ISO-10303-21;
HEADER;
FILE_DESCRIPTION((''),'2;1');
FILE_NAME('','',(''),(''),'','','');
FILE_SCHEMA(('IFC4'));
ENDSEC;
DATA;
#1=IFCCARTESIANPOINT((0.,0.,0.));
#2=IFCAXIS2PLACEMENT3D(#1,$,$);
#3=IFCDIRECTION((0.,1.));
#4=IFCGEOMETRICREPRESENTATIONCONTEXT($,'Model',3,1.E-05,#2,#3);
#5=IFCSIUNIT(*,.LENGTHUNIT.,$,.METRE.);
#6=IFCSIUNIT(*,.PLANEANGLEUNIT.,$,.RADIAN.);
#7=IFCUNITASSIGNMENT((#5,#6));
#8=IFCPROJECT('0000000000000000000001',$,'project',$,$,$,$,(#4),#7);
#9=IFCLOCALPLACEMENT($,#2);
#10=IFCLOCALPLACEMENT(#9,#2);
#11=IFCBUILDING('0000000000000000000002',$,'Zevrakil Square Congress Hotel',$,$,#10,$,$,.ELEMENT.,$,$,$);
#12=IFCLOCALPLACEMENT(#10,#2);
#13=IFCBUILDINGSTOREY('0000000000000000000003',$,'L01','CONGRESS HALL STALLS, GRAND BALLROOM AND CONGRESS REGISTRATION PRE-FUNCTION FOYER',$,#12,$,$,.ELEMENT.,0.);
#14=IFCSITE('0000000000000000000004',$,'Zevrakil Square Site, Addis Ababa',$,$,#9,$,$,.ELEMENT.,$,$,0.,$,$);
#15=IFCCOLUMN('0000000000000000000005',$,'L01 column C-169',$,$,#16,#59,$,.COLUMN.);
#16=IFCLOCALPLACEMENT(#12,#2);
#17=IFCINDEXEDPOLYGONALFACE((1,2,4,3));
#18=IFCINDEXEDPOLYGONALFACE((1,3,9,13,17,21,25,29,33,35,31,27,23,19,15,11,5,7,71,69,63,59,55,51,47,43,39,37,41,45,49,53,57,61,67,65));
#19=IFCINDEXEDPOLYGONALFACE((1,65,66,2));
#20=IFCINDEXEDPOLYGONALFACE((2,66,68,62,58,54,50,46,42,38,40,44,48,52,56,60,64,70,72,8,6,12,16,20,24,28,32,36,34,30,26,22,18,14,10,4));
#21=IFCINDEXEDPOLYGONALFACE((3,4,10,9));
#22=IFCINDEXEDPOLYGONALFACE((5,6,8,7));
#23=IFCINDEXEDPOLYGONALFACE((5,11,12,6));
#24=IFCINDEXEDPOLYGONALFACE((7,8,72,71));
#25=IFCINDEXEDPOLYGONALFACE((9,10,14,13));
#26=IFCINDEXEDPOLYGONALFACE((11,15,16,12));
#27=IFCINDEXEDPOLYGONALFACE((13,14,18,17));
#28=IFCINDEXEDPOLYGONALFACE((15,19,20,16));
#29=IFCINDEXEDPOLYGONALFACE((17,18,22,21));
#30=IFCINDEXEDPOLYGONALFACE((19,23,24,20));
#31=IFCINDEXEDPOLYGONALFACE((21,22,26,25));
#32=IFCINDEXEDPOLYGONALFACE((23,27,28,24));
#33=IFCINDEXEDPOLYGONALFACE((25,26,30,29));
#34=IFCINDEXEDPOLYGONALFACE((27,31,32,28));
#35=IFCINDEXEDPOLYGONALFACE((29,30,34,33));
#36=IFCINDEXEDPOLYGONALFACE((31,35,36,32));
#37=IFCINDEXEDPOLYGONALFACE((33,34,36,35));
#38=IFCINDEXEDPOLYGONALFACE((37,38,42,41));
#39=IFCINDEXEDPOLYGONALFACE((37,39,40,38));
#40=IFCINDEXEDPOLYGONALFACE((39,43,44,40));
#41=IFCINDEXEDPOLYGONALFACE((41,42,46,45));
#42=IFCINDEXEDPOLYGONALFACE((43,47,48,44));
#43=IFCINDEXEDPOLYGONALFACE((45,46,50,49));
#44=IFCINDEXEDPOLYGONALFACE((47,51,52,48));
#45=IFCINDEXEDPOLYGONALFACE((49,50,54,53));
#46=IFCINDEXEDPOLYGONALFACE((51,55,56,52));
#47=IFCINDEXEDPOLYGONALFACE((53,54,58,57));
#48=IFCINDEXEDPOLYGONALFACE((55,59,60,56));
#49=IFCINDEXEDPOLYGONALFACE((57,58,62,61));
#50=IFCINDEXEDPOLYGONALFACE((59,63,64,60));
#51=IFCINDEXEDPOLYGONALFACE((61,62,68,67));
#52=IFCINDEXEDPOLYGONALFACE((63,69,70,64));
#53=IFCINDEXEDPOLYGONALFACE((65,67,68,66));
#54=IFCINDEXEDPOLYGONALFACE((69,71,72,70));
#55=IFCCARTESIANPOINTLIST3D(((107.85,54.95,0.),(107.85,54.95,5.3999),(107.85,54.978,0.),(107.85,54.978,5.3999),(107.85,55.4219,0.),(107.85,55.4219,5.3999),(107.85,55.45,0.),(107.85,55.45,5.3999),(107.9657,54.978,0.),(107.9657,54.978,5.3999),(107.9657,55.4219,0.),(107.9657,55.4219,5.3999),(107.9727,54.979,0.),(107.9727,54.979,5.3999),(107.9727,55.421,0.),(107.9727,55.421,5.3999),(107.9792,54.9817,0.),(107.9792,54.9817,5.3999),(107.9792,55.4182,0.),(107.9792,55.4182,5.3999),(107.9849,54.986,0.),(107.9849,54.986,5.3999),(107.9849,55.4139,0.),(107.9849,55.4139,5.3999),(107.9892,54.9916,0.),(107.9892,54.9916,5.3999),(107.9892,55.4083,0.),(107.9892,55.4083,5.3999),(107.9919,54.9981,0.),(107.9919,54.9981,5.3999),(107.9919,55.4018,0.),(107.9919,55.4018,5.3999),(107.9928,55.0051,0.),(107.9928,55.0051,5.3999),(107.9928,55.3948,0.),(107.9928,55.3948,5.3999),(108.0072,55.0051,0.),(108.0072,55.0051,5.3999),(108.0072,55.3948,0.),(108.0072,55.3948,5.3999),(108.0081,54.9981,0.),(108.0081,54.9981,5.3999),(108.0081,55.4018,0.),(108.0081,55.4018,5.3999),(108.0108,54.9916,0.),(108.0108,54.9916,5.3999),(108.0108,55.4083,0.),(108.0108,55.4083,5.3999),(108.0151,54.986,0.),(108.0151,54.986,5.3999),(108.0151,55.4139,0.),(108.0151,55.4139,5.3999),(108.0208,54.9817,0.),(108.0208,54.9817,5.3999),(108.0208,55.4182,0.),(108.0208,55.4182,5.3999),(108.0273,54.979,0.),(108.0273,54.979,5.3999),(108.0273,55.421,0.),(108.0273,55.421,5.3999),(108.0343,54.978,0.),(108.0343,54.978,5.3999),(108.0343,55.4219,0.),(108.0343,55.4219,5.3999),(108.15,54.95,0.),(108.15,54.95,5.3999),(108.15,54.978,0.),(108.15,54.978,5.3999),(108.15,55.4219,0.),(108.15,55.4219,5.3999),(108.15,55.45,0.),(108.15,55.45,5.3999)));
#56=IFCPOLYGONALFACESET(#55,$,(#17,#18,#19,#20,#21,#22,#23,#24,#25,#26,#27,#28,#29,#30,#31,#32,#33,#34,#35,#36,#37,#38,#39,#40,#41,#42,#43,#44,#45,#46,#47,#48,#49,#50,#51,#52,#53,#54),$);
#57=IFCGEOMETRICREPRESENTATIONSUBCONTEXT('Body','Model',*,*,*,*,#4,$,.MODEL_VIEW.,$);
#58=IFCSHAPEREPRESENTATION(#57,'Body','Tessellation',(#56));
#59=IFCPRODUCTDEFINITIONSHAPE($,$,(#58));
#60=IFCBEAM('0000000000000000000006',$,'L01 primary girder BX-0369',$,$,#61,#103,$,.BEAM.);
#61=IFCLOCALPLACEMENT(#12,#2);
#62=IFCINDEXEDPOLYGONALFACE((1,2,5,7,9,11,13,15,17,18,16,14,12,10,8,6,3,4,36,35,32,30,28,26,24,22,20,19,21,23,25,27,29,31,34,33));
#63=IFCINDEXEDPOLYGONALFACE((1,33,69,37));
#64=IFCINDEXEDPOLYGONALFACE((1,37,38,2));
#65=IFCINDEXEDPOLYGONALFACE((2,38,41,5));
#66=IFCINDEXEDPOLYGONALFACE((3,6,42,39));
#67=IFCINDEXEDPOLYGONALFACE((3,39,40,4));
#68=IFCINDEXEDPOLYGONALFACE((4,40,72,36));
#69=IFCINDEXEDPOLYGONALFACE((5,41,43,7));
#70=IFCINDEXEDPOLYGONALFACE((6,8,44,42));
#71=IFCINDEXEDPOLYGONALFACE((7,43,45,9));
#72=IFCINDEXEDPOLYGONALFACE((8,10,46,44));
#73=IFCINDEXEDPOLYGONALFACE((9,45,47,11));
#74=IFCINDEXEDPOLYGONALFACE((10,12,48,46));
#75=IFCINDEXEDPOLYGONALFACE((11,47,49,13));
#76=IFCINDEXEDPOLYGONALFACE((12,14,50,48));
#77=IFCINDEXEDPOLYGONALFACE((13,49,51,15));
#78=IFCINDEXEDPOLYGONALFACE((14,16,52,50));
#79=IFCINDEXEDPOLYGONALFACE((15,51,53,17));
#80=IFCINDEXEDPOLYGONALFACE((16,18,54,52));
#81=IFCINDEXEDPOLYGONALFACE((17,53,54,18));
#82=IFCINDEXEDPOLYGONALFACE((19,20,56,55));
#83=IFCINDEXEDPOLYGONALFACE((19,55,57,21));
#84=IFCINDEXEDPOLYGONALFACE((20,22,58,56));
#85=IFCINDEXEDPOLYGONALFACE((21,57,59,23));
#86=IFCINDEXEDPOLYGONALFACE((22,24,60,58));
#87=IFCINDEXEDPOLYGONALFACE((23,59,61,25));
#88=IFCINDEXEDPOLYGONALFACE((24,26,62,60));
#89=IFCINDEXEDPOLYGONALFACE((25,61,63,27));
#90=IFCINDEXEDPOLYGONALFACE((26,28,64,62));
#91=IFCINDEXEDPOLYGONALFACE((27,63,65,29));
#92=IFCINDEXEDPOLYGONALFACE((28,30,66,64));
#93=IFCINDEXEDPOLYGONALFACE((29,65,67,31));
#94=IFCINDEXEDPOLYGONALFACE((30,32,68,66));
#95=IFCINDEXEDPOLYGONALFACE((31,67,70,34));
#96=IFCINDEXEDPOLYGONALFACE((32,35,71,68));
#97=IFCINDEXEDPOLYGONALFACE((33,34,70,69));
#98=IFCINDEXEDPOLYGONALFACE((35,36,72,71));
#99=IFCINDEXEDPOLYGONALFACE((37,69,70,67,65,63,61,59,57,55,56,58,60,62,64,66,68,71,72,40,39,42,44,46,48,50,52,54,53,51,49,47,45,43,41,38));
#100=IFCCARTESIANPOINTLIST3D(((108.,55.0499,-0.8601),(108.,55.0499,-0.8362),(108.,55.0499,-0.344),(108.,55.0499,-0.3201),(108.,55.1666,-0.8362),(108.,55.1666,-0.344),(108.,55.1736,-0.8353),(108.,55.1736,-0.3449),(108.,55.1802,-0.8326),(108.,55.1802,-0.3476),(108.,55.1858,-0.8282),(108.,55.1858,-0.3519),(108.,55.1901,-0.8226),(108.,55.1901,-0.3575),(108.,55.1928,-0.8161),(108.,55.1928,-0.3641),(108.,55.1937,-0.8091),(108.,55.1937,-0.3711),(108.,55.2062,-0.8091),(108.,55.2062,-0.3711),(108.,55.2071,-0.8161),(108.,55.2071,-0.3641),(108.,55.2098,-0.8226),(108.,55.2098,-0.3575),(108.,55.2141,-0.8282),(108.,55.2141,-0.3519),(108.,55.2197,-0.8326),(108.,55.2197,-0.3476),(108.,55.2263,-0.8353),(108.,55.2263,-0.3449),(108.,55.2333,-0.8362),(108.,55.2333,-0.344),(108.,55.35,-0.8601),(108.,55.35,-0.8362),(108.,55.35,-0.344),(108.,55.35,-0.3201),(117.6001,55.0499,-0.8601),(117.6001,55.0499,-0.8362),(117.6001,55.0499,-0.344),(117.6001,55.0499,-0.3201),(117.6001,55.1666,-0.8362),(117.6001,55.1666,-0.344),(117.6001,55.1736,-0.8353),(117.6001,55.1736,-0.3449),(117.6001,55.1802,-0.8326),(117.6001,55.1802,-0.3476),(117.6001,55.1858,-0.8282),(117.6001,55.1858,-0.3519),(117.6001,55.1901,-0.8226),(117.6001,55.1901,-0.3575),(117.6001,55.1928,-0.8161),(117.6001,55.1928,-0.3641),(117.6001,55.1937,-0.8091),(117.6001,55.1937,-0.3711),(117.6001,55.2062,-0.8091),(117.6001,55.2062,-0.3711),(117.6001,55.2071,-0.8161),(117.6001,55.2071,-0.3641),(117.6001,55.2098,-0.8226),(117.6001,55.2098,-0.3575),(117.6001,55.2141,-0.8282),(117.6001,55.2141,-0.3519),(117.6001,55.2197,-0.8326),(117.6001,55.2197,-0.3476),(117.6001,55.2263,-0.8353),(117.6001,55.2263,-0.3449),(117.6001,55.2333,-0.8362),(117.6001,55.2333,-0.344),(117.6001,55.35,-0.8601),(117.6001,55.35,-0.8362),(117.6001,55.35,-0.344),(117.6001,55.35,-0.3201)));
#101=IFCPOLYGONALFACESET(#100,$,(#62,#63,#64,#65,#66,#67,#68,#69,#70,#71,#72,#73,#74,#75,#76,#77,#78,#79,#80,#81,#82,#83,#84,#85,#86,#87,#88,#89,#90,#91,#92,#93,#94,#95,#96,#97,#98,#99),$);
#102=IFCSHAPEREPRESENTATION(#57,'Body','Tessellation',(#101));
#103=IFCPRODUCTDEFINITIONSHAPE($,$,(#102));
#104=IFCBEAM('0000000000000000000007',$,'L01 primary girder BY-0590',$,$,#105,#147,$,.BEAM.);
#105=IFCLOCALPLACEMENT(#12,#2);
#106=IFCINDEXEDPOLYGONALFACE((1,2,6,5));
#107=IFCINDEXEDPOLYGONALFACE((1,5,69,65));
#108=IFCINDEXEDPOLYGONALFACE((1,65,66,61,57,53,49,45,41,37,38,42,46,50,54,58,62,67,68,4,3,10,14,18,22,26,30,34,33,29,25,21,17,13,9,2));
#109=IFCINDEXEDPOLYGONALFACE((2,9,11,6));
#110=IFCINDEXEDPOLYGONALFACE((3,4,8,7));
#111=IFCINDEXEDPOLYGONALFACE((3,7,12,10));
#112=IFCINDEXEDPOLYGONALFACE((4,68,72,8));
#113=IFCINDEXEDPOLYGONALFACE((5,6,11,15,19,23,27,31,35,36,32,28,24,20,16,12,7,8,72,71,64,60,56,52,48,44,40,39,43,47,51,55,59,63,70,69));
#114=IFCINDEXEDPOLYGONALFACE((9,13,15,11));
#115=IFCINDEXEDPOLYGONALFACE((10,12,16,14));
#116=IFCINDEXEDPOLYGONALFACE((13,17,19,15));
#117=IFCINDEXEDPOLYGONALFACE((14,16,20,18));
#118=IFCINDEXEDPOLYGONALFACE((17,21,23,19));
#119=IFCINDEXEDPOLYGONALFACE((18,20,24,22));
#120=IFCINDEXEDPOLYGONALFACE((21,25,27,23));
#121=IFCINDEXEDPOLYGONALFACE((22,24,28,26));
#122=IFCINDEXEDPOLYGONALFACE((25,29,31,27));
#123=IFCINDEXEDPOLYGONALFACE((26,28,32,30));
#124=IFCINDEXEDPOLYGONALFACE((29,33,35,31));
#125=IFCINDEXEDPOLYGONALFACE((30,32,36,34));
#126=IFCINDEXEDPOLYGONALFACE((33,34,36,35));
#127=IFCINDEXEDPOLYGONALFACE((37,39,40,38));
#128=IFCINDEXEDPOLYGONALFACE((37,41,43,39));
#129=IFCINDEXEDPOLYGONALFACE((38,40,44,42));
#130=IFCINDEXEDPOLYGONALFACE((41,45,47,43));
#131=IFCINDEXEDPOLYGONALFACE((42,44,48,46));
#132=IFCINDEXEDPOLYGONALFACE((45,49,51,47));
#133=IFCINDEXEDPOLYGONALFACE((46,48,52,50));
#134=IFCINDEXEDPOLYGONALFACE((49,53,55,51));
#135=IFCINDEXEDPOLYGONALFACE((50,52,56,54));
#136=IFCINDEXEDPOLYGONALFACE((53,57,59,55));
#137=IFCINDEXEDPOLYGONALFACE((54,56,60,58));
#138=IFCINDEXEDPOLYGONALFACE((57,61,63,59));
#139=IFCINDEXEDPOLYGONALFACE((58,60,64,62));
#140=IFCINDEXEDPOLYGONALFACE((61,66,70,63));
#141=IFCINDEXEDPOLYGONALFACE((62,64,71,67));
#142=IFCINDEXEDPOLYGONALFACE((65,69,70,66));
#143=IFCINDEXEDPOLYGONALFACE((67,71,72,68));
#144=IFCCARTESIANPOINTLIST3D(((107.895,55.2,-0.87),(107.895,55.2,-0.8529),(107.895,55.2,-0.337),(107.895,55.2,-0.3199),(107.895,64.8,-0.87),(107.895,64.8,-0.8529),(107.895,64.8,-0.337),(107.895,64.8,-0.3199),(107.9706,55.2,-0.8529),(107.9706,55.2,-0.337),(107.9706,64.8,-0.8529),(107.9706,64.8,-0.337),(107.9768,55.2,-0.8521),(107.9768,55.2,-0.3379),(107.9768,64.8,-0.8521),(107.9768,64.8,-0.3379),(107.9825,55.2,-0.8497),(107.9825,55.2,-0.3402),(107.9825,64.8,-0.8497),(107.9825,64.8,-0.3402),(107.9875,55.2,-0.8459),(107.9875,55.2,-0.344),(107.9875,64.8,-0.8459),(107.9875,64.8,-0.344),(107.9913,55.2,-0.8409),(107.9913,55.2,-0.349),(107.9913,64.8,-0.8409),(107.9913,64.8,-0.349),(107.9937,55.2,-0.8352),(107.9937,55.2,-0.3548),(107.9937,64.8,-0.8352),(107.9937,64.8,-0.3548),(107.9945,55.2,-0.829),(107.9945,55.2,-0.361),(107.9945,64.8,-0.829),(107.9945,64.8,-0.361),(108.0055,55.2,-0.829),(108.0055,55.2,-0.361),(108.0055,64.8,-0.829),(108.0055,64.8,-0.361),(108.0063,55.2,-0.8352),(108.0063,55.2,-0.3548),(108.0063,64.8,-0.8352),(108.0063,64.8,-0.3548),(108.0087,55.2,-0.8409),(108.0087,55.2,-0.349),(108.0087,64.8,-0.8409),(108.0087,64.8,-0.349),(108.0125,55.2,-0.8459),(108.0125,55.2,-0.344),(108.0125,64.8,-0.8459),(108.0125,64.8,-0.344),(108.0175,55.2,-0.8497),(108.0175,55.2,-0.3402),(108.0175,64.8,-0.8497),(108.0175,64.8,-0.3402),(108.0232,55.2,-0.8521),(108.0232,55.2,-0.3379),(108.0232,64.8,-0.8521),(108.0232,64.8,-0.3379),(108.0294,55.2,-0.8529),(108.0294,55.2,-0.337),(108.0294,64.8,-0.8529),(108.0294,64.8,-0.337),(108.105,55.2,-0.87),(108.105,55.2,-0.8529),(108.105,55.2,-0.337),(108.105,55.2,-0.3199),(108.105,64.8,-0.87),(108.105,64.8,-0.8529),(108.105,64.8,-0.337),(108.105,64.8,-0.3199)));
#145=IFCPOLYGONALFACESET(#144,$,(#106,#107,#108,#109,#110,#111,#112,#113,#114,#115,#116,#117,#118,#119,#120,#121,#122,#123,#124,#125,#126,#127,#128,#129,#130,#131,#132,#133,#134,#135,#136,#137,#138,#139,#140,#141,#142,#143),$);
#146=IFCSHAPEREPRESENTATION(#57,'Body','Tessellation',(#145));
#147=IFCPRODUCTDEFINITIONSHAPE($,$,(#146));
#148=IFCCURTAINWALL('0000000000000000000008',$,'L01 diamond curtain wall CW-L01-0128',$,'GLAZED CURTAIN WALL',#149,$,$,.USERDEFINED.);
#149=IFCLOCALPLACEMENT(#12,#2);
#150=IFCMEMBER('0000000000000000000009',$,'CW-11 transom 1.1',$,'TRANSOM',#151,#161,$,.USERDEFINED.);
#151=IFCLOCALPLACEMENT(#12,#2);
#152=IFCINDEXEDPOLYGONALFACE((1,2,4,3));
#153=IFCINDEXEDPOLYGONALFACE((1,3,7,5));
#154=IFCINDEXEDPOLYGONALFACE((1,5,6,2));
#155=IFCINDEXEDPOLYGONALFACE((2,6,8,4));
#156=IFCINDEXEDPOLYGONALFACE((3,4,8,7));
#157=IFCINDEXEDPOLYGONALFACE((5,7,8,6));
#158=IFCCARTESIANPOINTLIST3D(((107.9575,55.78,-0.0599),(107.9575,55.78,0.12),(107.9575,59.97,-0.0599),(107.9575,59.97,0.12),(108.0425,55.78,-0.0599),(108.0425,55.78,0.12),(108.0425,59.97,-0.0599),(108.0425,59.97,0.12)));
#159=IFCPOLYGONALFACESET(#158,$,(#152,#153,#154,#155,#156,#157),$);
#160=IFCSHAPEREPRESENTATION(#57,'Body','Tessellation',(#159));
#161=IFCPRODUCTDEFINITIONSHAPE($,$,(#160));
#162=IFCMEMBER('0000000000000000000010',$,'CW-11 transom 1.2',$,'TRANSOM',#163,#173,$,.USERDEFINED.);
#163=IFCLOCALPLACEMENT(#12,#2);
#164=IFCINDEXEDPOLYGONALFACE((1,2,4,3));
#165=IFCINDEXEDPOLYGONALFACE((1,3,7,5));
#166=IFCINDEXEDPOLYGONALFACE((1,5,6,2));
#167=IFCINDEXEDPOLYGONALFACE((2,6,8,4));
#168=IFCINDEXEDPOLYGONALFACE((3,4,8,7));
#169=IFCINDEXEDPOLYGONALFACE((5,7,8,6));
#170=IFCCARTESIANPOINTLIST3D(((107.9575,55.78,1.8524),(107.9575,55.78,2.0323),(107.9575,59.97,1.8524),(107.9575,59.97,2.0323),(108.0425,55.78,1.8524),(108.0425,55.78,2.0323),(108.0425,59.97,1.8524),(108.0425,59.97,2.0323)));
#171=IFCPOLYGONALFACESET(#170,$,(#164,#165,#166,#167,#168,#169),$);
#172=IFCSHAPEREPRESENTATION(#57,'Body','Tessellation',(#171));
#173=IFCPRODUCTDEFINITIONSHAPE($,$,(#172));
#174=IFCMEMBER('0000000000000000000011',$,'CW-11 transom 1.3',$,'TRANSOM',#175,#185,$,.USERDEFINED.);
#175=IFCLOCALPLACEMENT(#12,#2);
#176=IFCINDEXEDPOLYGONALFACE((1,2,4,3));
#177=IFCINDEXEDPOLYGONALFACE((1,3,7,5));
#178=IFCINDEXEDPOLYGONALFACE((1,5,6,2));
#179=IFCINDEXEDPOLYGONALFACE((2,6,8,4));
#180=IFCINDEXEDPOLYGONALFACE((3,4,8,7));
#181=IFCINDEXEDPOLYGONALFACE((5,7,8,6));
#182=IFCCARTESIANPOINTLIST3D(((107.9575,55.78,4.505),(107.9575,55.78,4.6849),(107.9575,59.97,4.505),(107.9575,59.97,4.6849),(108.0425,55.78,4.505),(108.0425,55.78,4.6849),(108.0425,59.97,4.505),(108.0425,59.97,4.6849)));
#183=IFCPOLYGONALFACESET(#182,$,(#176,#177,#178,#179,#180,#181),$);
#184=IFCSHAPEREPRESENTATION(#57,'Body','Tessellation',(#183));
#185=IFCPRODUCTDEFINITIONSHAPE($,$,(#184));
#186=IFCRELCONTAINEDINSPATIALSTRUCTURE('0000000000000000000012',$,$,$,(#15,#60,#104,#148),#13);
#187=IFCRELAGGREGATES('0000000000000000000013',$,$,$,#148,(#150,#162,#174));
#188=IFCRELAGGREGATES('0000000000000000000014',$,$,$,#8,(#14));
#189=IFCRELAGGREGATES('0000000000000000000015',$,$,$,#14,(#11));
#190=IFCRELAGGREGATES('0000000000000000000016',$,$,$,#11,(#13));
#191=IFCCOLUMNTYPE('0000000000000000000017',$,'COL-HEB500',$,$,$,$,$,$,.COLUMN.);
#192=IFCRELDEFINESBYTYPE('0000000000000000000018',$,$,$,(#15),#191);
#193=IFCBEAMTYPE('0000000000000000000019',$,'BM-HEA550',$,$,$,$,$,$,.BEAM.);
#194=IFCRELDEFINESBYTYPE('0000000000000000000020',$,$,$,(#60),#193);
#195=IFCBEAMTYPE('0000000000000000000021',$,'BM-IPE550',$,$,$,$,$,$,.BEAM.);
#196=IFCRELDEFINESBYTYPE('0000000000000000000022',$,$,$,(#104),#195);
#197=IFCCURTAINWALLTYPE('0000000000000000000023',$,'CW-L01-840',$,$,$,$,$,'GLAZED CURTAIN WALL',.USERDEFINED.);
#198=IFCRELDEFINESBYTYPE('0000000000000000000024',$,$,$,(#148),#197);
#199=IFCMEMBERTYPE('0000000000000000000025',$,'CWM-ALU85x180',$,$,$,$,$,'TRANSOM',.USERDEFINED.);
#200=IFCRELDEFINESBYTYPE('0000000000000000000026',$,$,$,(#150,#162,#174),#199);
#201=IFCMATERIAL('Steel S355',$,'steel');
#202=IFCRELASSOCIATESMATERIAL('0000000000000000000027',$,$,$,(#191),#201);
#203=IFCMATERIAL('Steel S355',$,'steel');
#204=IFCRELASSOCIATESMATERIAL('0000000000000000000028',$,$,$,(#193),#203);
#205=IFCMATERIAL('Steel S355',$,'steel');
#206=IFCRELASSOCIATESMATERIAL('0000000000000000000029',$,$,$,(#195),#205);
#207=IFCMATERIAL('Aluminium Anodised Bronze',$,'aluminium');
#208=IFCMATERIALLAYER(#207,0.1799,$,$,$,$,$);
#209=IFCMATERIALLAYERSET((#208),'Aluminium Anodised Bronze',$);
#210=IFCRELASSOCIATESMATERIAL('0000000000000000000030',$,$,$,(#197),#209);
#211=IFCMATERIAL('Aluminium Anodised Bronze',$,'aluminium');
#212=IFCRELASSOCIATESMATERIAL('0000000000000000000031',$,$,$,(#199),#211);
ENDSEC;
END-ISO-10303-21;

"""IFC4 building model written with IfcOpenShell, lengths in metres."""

from ifc_helpers import new_model, si_unit, direction, frame, origin, origin_2d, place, context, subcontext, project, spatial, rectangle, i_section, extrude, material, layer, layer_set, material_profile, profile_set, type_object, element, aggregate, save


model = new_model("IFC4")

# Units and contexts
model_context = context("Model", 3, precision=1e-05, world=origin(), true_north=direction((0.0, 1.0)))
body_context = subcontext(model_context, "Body", "Model", "MODEL_VIEW")
ifc_project = project(units=[si_unit("LENGTHUNIT", "METRE"), si_unit("PLANEANGLEUNIT", "RADIAN")], contexts=[model_context])

# Site, building, storey
site_placement = place(None, origin())
site = spatial("IfcSite", under=ifc_project, at=site_placement, Name="Zevrakil Square Site, Addis Ababa", CompositionType="ELEMENT", RefElevation=0.0)
building_placement = place(site_placement, origin())
building = spatial("IfcBuilding", under=site, at=building_placement, Name="Zevrakil Square Congress Hotel", CompositionType="ELEMENT")
storey_placement = place(building_placement, origin())
storey = spatial("IfcBuildingStorey", under=building, at=storey_placement, Name="L01", Description="CONGRESS HALL STALLS, GRAND BALLROOM AND CONGRESS REGISTRATION PRE-FUNCTION FOYER", CompositionType="ELEMENT", Elevation=0.0)

# Column
ifc_material_1 = material(Name="Steel S355", Category="steel")
ifc_material_profile_1 = material_profile(ifc_material_1, i_section(OverallWidth=0.3, OverallDepth=0.5, WebThickness=0.0144, FlangeThickness=0.0281, FilletRadius=0.0271, at=origin_2d()), Name="HEB 500")
ifc_profile_set_1 = profile_set([ifc_material_profile_1], Name="Steel S355")
column_type = type_object("IfcColumnType", Name="COL-HEB500", PredefinedType="COLUMN", material=ifc_profile_set_1)
column_placement = place(storey_placement, frame((108.0, 55.2, 0.0), z_axis=(0.0, 0.0, 1.0), x_axis=(1.0, 0.0, 0.0)))
element("IfcColumn", 1, at=column_placement, inside=storey, type_object=column_type, Name="L01 column C-169", PredefinedType="COLUMN", context=body_context, shape_type="SweptSolid", body=[
    extrude(i_section(OverallWidth=0.3, OverallDepth=0.5, WebThickness=0.0144, FlangeThickness=0.0281, FilletRadius=0.0271, at=origin_2d()), origin(), (0.0, 0.0, 1.0), 5.3999),
])

# Beams
ifc_material_2 = material(Name="Steel S355", Category="steel")
ifc_material_profile_2 = material_profile(ifc_material_2, i_section(OverallWidth=0.3, OverallDepth=0.54, WebThickness=0.0125, FlangeThickness=0.0239, FilletRadius=0.0271, at=origin_2d()), Name="HEA 550")
ifc_profile_set_2 = profile_set([ifc_material_profile_2], Name="Steel S355")
beam_type_1 = type_object("IfcBeamType", Name="BM-HEA550", PredefinedType="BEAM", material=ifc_profile_set_2)
beam_1_placement = place(storey_placement, frame((108.0, 55.2, -0.5901), z_axis=(1.0, 0.0, 0.0), x_axis=(0.0, 1.0, 0.0)))
element("IfcBeam", 2, at=beam_1_placement, inside=storey, type_object=beam_type_1, Name="L01 primary girder BX-0369", PredefinedType="BEAM", context=body_context, shape_type="SweptSolid", body=[
    extrude(i_section(OverallWidth=0.3, OverallDepth=0.54, WebThickness=0.0125, FlangeThickness=0.0239, FilletRadius=0.0271, at=origin_2d()), origin(), (0.0, 0.0, 1.0), 9.6001),
])
ifc_material_3 = material(Name="Steel S355", Category="steel")
ifc_material_profile_3 = material_profile(ifc_material_3, i_section(OverallWidth=0.21, OverallDepth=0.55, WebThickness=0.011, FlangeThickness=0.0171, FilletRadius=0.0239, at=origin_2d()), Name="IPE 550")
ifc_profile_set_3 = profile_set([ifc_material_profile_3], Name="Steel S355")
beam_type_2 = type_object("IfcBeamType", Name="BM-IPE550", PredefinedType="BEAM", material=ifc_profile_set_3)
beam_2_placement = place(storey_placement, frame((108.0, 55.2, -0.595), z_axis=(0.0, 1.0, 0.0), x_axis=(-1.0, 0.0, 0.0)))
element("IfcBeam", 3, at=beam_2_placement, inside=storey, type_object=beam_type_2, Name="L01 primary girder BY-0590", PredefinedType="BEAM", context=body_context, shape_type="SweptSolid", body=[
    extrude(i_section(OverallWidth=0.21, OverallDepth=0.55, WebThickness=0.011, FlangeThickness=0.0171, FilletRadius=0.0239, at=origin_2d()), origin(), (0.0, 0.0, 1.0), 9.6001),
])

# Curtain wall, members
ifc_material_4 = material(Name="Aluminium Anodised Bronze", Category="aluminium")
ifc_layer_1 = layer(ifc_material_4, 0.1799)
ifc_layer_set_1 = layer_set([ifc_layer_1], Name="Aluminium Anodised Bronze")
curtain_wall_type = type_object("IfcCurtainWallType", Name="CW-L01-840", ElementType="GLAZED CURTAIN WALL", PredefinedType="USERDEFINED", material=ifc_layer_set_1)
curtain_wall_1_placement = place(storey_placement, origin())
curtain_wall_1 = element("IfcCurtainWall", 4, at=curtain_wall_1_placement, inside=storey, type_object=curtain_wall_type, Name="L01 diamond curtain wall CW-L01-0128", ObjectType="GLAZED CURTAIN WALL", PredefinedType="USERDEFINED")
ifc_material_5 = material(Name="Aluminium Anodised Bronze", Category="aluminium")
ifc_material_profile_4 = material_profile(ifc_material_5, rectangle(XDim=0.085, YDim=0.1799, at=origin_2d()), Name="ALU 85x180")
ifc_profile_set_4 = profile_set([ifc_material_profile_4], Name="Aluminium Anodised Bronze")
member_type_1 = type_object("IfcMemberType", Name="CWM-ALU85x180", ElementType="TRANSOM", PredefinedType="USERDEFINED", material=ifc_profile_set_4)
member_1_placement = place(storey_placement, frame((108.0, 55.78, 0.03), z_axis=(0.0, 1.0, 0.0), x_axis=(-1.0, 0.0, 0.0)))
member_1 = element("IfcMember", 5, at=member_1_placement, type_object=member_type_1, Name="CW-11 transom 1.1", ObjectType="TRANSOM", PredefinedType="USERDEFINED", context=body_context, shape_type="SweptSolid", body=[
    extrude(rectangle(XDim=0.085, YDim=0.1799, at=origin_2d()), origin(), (0.0, 0.0, 1.0), 4.1899),
])
member_2_placement = place(storey_placement, frame((108.0, 55.78, 1.9424), z_axis=(0.0, 1.0, 0.0), x_axis=(-1.0, 0.0, 0.0)))
member_2 = element("IfcMember", 6, at=member_2_placement, type_object=member_type_1, Name="CW-11 transom 1.2", ObjectType="TRANSOM", PredefinedType="USERDEFINED", context=body_context, shape_type="SweptSolid", body=[
    extrude(rectangle(XDim=0.085, YDim=0.1799, at=origin_2d()), origin(), (0.0, 0.0, 1.0), 4.1899),
])
member_3_placement = place(storey_placement, frame((108.0, 55.78, 4.595), z_axis=(0.0, 1.0, 0.0), x_axis=(-1.0, 0.0, 0.0)))
member_3 = element("IfcMember", 7, at=member_3_placement, type_object=member_type_1, Name="CW-11 transom 1.3", ObjectType="TRANSOM", PredefinedType="USERDEFINED", context=body_context, shape_type="SweptSolid", body=[
    extrude(rectangle(XDim=0.085, YDim=0.1799, at=origin_2d()), origin(), (0.0, 0.0, 1.0), 4.1899),
])

aggregate(curtain_wall_1, [member_1, member_2, member_3])

save(model, "model.ifc")
